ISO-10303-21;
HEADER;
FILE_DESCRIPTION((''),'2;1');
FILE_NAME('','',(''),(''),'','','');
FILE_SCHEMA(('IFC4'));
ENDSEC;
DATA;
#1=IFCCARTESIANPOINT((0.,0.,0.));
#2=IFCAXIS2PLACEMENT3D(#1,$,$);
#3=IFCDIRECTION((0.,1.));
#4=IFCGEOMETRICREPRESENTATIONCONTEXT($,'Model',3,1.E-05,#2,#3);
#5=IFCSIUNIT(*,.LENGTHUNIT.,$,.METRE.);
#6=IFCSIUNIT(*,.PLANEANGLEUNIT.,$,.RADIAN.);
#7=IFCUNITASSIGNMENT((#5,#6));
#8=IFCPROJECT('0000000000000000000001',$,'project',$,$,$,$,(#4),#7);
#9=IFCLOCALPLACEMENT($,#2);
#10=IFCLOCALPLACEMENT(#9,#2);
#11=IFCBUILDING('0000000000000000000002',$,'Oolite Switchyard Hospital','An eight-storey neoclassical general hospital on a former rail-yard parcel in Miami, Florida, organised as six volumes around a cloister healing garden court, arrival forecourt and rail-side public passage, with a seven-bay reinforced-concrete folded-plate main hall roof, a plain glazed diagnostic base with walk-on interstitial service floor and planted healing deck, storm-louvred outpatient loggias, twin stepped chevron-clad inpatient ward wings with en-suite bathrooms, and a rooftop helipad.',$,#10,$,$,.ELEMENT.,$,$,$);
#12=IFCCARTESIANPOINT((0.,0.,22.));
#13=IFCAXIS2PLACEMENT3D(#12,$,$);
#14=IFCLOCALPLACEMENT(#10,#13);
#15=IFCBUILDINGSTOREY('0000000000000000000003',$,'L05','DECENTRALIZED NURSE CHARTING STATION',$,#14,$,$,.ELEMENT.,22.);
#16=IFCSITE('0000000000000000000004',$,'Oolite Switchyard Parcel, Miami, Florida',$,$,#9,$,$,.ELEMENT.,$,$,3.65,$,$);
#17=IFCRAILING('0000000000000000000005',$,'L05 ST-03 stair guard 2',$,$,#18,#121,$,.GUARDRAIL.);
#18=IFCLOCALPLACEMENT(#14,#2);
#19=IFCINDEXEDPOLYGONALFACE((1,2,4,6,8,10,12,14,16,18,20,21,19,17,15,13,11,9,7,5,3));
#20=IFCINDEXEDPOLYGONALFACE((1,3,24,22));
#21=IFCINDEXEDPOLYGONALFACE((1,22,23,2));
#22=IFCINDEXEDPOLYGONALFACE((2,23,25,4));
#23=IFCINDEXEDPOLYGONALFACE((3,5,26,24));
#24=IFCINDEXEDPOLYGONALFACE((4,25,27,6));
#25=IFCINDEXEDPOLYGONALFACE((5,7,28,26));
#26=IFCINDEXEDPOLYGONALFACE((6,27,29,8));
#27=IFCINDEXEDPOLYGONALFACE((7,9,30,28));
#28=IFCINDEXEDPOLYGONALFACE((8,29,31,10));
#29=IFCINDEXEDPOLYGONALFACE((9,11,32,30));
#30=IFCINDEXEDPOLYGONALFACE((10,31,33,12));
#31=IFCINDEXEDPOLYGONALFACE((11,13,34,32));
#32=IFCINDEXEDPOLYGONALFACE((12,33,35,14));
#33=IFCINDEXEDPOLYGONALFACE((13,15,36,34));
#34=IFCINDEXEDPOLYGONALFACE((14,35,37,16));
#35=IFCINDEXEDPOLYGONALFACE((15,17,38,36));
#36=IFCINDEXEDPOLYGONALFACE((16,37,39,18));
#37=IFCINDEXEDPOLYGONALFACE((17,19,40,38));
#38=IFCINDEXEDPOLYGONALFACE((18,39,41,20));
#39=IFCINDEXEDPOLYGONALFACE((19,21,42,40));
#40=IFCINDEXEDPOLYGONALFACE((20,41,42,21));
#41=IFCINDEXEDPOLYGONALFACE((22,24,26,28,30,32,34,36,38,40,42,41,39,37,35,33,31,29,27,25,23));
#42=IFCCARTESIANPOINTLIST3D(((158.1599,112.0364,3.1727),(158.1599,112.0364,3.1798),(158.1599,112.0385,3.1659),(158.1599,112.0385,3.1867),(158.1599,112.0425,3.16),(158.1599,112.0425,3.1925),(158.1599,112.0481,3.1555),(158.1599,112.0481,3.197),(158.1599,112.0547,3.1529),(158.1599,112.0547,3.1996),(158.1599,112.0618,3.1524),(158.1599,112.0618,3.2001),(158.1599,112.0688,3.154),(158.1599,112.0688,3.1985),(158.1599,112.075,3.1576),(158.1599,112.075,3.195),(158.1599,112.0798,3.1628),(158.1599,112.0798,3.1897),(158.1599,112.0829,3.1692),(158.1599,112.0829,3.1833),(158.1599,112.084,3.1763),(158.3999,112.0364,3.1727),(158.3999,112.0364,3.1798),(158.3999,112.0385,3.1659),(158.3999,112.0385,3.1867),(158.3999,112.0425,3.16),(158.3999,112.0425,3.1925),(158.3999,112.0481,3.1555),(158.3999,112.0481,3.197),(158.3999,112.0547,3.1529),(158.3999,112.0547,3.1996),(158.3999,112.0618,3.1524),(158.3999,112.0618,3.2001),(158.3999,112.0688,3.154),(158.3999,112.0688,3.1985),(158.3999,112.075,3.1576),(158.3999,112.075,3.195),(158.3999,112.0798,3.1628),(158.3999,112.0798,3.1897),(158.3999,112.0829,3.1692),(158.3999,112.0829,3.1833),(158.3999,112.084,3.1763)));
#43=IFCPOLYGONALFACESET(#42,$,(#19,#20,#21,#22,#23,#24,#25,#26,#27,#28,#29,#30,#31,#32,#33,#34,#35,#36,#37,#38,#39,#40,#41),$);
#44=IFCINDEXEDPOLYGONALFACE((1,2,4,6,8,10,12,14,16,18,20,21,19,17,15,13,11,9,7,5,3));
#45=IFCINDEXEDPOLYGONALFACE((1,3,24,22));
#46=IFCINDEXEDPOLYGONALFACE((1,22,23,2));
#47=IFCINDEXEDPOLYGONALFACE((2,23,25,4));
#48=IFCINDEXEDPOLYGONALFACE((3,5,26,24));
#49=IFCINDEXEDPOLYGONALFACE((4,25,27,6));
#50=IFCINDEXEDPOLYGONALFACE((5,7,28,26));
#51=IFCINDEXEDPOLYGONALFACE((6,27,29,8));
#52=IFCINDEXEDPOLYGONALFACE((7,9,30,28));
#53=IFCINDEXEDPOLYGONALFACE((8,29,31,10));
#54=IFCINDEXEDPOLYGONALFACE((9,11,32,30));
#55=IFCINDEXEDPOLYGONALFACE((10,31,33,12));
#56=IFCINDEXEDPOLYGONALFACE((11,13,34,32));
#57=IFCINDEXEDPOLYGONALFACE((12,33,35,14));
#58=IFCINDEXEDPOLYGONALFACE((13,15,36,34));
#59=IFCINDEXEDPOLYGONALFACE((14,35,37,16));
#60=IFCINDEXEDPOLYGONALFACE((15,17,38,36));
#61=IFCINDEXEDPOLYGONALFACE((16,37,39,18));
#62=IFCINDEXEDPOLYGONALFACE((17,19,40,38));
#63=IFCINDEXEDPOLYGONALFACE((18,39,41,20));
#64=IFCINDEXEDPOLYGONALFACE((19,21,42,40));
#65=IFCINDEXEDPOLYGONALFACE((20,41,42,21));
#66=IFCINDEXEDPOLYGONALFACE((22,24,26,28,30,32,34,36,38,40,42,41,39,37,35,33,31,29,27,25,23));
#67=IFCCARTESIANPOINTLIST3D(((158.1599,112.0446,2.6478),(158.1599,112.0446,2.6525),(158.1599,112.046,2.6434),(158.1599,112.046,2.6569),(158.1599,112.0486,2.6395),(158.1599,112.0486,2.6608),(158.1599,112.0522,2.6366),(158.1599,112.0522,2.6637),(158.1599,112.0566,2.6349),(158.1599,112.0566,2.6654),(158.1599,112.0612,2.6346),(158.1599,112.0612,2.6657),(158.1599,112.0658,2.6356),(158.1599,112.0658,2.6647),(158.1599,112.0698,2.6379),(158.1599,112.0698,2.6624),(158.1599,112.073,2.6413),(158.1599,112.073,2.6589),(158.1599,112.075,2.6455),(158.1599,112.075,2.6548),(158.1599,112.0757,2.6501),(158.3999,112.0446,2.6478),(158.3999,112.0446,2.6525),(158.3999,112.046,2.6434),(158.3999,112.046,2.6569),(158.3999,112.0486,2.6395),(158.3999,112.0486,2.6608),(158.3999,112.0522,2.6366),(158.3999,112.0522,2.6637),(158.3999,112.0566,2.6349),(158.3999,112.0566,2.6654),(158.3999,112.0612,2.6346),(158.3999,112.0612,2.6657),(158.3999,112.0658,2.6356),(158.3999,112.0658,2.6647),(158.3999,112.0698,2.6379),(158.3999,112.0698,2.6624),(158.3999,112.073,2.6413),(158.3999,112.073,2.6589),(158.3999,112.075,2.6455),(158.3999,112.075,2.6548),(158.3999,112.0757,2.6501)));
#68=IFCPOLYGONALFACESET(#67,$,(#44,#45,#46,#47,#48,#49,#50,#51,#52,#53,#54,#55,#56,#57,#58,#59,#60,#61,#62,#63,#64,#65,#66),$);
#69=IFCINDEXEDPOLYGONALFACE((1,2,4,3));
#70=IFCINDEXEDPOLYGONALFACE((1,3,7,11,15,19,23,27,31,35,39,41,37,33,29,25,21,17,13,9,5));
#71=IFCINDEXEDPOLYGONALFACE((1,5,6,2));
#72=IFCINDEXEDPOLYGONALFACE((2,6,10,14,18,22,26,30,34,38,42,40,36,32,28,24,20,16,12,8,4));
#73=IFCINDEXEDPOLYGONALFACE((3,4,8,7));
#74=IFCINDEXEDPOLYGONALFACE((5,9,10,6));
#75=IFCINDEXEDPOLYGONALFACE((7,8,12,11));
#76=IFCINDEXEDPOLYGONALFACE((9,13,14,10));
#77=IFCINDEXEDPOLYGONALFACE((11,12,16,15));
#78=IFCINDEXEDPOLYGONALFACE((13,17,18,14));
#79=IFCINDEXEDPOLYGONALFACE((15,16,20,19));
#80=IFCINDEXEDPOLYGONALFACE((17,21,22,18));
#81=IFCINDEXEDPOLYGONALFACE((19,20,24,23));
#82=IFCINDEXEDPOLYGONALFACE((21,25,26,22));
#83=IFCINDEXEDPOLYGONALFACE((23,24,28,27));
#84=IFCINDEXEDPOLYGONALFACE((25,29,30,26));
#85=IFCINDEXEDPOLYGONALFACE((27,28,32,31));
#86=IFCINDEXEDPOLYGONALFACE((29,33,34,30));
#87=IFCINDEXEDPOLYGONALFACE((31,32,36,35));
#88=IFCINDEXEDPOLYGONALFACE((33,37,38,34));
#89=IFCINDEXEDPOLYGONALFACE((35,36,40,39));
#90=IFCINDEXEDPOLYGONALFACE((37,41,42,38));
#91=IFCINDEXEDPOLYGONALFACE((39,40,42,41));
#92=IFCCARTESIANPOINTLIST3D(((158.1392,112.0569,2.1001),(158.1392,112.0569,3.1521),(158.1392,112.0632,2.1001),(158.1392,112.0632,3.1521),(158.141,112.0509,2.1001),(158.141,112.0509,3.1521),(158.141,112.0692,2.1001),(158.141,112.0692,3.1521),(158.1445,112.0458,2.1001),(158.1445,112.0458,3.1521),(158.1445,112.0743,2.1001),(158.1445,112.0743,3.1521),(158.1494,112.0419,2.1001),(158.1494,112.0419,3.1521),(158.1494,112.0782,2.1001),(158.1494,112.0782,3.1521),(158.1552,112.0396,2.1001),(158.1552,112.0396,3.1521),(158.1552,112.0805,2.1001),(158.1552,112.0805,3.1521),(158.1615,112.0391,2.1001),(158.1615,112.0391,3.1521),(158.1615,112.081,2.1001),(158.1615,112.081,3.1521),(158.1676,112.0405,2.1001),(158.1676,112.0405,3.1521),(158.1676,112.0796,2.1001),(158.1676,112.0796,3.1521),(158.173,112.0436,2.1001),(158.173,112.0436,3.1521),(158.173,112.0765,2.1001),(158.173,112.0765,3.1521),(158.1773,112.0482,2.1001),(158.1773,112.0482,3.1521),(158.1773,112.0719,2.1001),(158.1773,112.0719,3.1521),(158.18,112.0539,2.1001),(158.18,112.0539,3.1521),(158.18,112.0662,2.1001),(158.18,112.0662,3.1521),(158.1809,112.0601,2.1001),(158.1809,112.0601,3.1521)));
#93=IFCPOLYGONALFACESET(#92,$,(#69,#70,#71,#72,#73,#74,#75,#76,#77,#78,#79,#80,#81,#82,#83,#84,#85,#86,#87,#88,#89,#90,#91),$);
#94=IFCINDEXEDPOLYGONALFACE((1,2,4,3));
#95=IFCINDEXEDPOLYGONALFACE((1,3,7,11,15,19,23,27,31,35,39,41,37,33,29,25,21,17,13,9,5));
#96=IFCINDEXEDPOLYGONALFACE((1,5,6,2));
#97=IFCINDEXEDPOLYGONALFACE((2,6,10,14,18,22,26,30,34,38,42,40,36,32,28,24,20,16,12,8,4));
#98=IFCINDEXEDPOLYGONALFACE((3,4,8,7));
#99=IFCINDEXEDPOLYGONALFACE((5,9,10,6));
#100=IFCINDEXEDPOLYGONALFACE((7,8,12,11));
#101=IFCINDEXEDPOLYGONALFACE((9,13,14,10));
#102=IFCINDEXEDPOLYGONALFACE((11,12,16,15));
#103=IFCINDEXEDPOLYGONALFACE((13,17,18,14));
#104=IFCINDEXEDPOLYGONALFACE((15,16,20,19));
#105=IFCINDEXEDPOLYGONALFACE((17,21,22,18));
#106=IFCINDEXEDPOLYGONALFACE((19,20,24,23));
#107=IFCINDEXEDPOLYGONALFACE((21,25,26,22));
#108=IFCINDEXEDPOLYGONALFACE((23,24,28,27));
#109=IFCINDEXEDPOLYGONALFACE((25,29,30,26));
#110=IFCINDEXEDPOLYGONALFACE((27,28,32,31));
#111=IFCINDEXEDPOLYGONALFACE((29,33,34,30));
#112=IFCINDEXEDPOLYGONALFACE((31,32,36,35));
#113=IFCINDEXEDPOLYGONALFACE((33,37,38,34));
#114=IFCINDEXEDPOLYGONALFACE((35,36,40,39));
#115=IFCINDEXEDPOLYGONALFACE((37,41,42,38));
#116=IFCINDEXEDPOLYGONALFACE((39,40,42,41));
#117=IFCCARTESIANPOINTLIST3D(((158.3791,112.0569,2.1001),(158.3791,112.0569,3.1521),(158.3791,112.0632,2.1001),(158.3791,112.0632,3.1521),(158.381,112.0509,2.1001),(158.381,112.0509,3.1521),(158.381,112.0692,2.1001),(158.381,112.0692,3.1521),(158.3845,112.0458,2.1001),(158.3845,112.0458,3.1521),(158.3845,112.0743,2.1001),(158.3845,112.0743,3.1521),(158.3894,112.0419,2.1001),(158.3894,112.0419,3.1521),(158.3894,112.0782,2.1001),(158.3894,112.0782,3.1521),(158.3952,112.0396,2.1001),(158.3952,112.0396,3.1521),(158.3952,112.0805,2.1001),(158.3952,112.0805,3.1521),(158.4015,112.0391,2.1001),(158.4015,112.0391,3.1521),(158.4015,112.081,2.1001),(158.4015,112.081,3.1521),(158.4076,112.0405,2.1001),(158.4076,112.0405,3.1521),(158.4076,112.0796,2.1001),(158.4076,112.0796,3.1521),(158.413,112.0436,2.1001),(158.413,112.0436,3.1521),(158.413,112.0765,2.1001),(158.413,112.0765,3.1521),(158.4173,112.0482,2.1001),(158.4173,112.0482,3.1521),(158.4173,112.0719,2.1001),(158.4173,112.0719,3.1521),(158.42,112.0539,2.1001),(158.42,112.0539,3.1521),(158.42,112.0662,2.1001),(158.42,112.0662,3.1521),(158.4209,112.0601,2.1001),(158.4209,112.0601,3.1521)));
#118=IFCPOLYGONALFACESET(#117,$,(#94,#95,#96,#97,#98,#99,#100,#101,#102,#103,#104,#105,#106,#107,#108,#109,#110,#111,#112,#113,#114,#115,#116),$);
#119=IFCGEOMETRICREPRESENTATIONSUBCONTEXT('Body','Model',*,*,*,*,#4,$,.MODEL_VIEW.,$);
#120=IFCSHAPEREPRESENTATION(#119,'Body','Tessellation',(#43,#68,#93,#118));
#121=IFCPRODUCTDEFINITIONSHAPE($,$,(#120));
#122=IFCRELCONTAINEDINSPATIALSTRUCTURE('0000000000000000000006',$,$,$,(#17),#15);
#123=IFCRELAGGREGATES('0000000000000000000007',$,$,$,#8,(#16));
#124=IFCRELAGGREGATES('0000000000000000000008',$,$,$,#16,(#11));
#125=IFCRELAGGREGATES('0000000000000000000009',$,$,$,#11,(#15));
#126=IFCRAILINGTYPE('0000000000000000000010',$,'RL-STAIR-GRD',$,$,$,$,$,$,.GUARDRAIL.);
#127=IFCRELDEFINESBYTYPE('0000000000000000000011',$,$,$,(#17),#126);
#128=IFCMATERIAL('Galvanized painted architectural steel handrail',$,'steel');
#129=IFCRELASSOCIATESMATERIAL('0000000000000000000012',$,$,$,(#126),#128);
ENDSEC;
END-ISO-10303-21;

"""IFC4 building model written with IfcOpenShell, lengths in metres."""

from ifc_helpers import new_model, si_unit, direction, frame, origin, origin_2d, place, context, subcontext, project, spatial, circle, extrude, material, type_object, element, save


model = new_model("IFC4")

# Units and contexts
model_context = context("Model", 3, precision=1e-05, world=origin(), true_north=direction((0.0, 1.0)))
body_context = subcontext(model_context, "Body", "Model", "MODEL_VIEW")
ifc_project = project(units=[si_unit("LENGTHUNIT", "METRE"), si_unit("PLANEANGLEUNIT", "RADIAN")], contexts=[model_context])

# Site, building, storey
site_placement = place(None, origin())
site = spatial("IfcSite", under=ifc_project, at=site_placement, Name="Oolite Switchyard Parcel, Miami, Florida", CompositionType="ELEMENT", RefElevation=3.65)
building_placement = place(site_placement, origin())
building = spatial("IfcBuilding", under=site, at=building_placement, Name="Oolite Switchyard Hospital", Description="An eight-storey neoclassical general hospital on a former rail-yard parcel in Miami, Florida, organised as six volumes around a cloister healing garden court, arrival forecourt and rail-side public passage, with a seven-bay reinforced-concrete folded-plate main hall roof, a plain glazed diagnostic base with walk-on interstitial service floor and planted healing deck, storm-louvred outpatient loggias, twin stepped chevron-clad inpatient ward wings with en-suite bathrooms, and a rooftop helipad.", CompositionType="ELEMENT")
storey_placement = place(building_placement, frame((0.0, 0.0, 22.0)))
storey = spatial("IfcBuildingStorey", under=building, at=storey_placement, Name="L05", Description="DECENTRALIZED NURSE CHARTING STATION", CompositionType="ELEMENT", Elevation=22.0)

# Railing
ifc_material_1 = material(Name="Galvanized painted architectural steel handrail", Category="steel")
railing_type_1 = type_object("IfcRailingType", Name="RL-STAIR-GRD", PredefinedType="GUARDRAIL", material=ifc_material_1)
railing_1_placement = place(storey_placement, frame((158.1599, 112.0601, 2.1001)))
element("IfcRailing", 1, at=railing_1_placement, inside=storey, type_object=railing_type_1, Name="L05 ST-03 stair guard 2", PredefinedType="GUARDRAIL", context=body_context, shape_type="SweptSolid", body=[
    extrude(circle(Radius=0.0239, at=origin_2d()), frame((0.0, 0.0, 1.0762), z_axis=(1.0, 0.0, 0.0), x_axis=(0.0, 1.0, 0.0)), (0.0, 0.0, 1.0), 0.24),
    extrude(circle(Radius=0.0156, at=origin_2d()), frame((0.0, 0.0, 0.55), z_axis=(1.0, 0.0, 0.0), x_axis=(0.0, 1.0, 0.0)), (0.0, 0.0, 1.0), 0.24),
    extrude(circle(Radius=0.021, at=origin_2d()), origin(), (0.0, 0.0, 1.0), 1.052),
    extrude(circle(Radius=0.021, at=origin_2d()), frame((0.24, 0.0, 0.0)), (0.0, 0.0, 1.0), 1.052),
])

save(model, "model.ifc")
